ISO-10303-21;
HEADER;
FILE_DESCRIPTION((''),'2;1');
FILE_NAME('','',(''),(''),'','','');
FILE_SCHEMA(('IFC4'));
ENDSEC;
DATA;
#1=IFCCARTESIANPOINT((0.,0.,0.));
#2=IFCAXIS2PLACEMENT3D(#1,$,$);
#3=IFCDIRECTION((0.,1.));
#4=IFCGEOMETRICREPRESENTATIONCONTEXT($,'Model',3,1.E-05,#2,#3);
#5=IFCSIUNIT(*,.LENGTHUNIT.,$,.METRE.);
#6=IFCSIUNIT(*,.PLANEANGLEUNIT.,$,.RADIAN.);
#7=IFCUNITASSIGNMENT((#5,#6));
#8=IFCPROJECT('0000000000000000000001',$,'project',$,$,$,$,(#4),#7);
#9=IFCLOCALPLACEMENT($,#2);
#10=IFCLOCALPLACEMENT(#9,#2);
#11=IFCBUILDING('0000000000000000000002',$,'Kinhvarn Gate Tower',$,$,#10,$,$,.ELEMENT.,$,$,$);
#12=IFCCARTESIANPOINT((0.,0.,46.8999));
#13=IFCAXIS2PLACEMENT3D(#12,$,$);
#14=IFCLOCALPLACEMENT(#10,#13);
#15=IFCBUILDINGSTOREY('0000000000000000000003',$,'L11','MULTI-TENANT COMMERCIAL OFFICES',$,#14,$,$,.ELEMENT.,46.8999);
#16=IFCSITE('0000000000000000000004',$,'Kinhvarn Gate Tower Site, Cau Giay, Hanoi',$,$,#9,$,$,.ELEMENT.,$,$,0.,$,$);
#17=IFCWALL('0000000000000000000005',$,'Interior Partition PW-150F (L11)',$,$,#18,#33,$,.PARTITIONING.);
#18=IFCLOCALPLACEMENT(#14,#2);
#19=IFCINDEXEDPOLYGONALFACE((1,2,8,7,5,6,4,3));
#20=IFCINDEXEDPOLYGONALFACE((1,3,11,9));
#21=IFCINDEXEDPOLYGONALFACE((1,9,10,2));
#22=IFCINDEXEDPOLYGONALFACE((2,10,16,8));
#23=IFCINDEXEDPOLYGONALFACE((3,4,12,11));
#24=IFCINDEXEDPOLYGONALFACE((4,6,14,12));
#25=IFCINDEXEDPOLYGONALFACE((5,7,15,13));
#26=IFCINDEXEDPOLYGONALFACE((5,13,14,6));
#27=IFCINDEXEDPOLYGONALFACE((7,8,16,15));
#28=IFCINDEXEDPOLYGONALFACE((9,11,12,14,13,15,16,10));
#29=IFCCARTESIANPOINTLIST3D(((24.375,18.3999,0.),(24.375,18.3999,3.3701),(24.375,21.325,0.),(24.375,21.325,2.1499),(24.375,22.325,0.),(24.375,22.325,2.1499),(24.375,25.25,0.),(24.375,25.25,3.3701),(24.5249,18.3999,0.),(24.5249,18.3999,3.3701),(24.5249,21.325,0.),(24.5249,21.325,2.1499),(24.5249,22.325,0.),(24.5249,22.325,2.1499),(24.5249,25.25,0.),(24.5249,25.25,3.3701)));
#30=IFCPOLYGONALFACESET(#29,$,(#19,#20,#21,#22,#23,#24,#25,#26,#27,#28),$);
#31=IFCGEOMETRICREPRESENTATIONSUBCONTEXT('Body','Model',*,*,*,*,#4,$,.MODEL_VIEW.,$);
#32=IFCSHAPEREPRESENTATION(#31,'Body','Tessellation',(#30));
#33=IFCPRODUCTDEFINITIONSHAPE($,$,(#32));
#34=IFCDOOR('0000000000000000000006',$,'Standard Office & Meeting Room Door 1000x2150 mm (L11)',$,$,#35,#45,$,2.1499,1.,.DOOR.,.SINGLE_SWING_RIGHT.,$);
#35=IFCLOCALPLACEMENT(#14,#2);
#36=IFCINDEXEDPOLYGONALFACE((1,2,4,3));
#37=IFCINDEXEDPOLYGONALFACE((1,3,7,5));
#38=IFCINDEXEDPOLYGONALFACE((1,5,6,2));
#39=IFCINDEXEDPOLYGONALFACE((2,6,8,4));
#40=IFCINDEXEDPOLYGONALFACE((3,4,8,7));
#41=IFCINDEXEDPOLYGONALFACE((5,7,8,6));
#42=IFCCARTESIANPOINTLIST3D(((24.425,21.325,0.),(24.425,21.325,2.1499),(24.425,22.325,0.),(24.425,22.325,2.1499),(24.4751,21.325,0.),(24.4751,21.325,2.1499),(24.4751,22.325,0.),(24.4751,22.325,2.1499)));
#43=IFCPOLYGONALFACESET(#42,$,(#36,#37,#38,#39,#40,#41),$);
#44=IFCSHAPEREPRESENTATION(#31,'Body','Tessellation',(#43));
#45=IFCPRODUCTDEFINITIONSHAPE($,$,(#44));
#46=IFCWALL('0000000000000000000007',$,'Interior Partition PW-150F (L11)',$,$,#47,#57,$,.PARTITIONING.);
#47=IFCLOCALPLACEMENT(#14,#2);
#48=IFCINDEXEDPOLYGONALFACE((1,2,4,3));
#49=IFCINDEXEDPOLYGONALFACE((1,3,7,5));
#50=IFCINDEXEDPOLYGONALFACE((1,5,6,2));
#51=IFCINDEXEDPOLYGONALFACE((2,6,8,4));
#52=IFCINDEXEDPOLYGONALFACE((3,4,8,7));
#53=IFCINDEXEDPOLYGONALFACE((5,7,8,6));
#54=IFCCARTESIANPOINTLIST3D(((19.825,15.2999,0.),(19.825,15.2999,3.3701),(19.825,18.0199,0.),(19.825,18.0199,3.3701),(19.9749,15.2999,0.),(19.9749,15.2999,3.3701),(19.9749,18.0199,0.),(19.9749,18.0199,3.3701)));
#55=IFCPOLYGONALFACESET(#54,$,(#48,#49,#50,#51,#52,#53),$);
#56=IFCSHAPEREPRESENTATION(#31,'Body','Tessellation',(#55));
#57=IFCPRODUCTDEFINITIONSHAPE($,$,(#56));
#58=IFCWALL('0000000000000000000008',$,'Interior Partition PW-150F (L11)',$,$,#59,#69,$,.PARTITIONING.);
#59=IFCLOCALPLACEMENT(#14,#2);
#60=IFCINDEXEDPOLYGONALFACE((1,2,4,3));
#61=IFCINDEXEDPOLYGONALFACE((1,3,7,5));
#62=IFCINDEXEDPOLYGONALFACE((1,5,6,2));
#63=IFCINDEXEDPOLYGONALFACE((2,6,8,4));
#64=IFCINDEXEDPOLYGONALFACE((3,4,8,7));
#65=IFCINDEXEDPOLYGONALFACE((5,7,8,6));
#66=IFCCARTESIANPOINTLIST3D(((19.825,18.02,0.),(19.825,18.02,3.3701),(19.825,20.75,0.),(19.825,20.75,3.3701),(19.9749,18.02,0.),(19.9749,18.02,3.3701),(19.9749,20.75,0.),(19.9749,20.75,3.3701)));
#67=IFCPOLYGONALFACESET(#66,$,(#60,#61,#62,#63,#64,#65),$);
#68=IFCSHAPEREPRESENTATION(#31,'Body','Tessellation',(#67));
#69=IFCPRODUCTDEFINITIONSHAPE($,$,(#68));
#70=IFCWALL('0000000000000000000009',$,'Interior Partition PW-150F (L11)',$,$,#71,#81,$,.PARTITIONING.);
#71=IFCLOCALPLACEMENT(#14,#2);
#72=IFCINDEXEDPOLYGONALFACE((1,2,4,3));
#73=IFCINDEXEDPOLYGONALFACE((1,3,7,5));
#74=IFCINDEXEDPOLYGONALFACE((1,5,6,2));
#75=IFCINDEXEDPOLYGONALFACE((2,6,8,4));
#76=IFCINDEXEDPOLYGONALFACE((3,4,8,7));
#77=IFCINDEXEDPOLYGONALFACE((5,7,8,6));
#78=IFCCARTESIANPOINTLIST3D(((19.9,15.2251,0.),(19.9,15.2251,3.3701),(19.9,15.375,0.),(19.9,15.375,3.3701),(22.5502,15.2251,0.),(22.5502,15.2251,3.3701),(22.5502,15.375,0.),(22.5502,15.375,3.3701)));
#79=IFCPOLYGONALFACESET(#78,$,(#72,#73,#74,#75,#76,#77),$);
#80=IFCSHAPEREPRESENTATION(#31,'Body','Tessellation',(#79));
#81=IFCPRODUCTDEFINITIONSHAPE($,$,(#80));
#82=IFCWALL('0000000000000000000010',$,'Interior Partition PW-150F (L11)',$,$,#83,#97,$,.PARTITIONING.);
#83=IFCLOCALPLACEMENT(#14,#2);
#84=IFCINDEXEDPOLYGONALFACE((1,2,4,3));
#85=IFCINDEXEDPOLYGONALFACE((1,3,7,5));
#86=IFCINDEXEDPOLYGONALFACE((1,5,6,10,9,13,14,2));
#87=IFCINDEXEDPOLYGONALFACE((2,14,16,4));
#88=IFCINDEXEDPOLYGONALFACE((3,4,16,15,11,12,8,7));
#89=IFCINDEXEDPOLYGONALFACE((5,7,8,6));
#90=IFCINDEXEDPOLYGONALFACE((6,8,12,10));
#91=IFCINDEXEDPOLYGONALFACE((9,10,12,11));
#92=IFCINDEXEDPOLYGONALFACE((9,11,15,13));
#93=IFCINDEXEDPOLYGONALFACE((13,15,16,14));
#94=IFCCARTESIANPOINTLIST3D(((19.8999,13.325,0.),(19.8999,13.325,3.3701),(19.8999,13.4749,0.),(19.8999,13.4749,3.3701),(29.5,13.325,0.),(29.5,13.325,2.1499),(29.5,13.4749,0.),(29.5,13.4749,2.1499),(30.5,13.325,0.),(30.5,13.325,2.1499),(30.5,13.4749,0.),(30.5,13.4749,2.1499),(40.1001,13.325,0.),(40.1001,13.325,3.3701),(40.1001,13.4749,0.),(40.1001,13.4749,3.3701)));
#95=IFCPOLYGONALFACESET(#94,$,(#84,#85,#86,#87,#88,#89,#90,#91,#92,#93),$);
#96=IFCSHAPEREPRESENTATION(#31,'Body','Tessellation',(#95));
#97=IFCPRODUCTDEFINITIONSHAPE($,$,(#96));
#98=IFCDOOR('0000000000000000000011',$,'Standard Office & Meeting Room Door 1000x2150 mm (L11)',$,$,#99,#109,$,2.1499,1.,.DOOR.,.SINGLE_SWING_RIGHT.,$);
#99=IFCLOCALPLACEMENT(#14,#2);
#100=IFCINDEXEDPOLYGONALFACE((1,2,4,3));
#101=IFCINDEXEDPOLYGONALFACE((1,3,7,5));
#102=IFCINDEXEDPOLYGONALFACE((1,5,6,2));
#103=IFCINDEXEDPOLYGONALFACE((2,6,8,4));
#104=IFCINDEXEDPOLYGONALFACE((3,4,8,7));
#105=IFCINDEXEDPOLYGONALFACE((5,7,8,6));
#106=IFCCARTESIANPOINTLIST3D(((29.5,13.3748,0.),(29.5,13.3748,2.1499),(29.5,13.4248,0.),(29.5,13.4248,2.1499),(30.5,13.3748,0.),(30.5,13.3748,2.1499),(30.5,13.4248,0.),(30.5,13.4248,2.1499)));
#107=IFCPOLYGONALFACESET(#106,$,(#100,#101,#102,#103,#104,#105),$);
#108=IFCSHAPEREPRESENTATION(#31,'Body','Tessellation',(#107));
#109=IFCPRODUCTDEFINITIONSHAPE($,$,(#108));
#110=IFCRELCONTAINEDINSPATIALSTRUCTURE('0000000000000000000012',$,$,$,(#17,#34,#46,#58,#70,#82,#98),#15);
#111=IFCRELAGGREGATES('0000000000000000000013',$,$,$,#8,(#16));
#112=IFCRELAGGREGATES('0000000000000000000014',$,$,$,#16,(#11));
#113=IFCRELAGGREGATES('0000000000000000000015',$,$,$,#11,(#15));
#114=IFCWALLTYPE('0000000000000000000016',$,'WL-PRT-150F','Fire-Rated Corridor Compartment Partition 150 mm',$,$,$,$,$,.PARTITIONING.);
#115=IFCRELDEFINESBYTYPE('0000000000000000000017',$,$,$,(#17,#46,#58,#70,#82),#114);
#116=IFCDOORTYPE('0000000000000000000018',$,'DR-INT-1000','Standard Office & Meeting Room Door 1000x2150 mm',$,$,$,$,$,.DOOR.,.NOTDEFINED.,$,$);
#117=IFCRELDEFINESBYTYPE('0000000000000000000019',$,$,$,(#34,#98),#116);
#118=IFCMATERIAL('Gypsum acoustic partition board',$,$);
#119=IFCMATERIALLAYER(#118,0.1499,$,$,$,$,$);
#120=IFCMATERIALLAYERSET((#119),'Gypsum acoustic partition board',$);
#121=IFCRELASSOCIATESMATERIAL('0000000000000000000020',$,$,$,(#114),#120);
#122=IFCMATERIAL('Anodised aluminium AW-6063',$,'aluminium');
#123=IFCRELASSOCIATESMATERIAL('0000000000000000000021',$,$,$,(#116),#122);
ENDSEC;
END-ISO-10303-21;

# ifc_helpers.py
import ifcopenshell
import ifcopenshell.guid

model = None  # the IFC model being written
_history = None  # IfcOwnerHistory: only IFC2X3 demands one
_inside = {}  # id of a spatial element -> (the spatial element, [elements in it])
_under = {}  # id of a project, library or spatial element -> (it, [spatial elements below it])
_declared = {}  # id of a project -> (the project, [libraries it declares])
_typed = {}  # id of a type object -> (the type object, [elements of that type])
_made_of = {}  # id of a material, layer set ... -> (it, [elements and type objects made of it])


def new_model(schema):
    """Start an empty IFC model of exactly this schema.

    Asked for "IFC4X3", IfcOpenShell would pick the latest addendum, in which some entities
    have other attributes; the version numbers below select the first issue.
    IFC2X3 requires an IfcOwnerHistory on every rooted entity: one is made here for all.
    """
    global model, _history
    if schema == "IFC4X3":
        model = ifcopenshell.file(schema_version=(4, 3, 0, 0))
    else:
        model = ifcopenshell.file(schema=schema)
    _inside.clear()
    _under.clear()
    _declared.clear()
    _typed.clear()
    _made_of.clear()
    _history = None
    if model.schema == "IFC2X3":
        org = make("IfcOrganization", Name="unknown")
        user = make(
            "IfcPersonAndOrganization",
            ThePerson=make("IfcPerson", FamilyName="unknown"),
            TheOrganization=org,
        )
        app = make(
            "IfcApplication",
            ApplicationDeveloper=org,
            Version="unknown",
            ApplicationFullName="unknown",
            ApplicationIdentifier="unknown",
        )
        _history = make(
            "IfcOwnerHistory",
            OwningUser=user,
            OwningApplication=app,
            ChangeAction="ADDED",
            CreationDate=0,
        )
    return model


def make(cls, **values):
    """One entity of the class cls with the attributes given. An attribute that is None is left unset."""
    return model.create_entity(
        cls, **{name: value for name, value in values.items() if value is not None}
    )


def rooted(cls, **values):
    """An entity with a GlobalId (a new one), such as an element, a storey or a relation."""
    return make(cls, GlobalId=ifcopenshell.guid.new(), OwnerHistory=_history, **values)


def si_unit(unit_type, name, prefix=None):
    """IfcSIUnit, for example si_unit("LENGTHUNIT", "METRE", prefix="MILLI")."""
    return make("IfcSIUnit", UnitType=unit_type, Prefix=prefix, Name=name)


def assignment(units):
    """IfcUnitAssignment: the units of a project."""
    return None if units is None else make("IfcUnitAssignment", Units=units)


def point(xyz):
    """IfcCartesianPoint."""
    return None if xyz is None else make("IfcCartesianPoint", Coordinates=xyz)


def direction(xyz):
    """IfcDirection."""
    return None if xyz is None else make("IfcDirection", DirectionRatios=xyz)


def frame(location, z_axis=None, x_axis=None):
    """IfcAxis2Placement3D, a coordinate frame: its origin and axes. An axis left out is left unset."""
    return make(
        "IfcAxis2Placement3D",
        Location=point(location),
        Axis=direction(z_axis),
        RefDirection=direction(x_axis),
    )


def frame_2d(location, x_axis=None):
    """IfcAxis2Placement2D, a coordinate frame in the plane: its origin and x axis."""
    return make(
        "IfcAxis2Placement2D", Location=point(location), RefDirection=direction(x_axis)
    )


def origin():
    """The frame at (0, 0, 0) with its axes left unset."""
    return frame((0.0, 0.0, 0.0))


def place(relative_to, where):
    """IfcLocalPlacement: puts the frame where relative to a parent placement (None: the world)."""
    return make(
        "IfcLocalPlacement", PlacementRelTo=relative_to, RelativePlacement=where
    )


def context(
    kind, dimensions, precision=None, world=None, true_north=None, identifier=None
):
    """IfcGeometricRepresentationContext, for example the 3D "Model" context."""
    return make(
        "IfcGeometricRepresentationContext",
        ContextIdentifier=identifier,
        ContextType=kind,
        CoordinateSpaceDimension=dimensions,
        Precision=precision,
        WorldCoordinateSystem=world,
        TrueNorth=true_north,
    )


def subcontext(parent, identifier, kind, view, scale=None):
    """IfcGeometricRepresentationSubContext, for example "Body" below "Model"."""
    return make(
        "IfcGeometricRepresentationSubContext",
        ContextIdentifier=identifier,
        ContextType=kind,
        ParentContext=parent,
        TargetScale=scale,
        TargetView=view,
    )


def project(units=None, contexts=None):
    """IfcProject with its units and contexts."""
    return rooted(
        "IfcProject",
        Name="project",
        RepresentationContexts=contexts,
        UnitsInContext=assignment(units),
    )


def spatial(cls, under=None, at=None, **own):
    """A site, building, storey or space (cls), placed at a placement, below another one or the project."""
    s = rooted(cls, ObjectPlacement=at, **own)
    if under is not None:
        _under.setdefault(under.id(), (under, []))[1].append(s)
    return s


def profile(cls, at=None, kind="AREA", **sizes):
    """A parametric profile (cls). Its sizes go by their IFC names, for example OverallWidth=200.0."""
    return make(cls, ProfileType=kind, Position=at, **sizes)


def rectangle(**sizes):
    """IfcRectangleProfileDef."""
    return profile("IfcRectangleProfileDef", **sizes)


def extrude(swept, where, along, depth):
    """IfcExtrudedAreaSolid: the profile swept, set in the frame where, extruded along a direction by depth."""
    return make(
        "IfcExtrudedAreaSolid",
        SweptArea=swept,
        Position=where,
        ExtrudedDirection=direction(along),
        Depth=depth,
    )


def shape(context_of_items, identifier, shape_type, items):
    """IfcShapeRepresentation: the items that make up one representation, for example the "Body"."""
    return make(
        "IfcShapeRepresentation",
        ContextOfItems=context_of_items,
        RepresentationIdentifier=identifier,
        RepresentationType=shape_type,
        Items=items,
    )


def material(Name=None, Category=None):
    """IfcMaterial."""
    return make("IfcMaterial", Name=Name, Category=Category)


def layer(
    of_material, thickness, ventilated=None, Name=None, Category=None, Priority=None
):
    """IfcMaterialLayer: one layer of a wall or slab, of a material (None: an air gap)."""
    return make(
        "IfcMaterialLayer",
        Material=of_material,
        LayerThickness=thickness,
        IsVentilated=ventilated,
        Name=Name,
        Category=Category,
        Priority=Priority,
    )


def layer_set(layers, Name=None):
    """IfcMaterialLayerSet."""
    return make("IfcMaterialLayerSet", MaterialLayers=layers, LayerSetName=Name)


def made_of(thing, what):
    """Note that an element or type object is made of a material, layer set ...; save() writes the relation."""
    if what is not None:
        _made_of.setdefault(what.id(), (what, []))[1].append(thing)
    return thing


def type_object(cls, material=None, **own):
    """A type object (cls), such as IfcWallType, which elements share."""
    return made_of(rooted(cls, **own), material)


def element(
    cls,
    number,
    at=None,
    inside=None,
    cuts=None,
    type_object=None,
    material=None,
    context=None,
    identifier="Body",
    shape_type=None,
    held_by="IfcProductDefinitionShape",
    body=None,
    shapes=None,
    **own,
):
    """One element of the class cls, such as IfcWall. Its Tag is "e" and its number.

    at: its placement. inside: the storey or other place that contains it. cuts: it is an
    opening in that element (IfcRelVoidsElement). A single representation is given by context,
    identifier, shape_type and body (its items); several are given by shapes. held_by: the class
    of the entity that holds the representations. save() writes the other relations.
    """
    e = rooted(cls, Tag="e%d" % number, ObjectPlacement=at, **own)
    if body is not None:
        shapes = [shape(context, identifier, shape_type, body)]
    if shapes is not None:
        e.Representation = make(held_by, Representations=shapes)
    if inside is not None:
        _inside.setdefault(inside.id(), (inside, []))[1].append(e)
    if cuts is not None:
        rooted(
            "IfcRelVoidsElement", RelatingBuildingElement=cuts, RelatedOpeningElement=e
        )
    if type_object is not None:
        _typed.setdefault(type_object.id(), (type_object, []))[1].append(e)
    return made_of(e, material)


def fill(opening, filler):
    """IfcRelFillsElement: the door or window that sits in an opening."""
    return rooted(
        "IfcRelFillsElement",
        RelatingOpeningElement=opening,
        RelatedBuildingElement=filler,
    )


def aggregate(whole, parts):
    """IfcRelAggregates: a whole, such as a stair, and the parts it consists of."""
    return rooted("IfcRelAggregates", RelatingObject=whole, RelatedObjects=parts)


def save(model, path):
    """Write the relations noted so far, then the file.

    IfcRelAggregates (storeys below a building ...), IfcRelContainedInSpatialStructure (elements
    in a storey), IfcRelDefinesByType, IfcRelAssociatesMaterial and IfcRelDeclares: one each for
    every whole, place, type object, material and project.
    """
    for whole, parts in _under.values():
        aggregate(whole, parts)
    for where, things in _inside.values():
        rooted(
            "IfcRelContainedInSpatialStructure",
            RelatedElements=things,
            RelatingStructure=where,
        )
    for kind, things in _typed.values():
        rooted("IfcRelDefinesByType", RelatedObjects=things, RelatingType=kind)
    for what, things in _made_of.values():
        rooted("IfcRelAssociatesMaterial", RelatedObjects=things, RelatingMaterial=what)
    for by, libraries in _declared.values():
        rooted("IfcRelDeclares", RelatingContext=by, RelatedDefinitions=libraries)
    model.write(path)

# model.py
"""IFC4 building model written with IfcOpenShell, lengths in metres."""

from ifc_helpers import new_model, si_unit, direction, frame, frame_2d, origin, place, context, subcontext, project, spatial, rectangle, extrude, material, layer, layer_set, type_object, element, fill, save


model = new_model("IFC4")

# Units and contexts
model_context = context("Model", 3, precision=1e-05, world=origin(), true_north=direction((0.0, 1.0)))
body_context = subcontext(model_context, "Body", "Model", "MODEL_VIEW")
ifc_project = project(units=[si_unit("LENGTHUNIT", "METRE"), si_unit("PLANEANGLEUNIT", "RADIAN")], contexts=[model_context])

# Site, building, storey
site_placement = place(None, origin())
site = spatial("IfcSite", under=ifc_project, at=site_placement, Name="Kinhvarn Gate Tower Site, Cau Giay, Hanoi", CompositionType="ELEMENT", RefElevation=0.0)
building_placement = place(site_placement, origin())
building = spatial("IfcBuilding", under=site, at=building_placement, Name="Kinhvarn Gate Tower", CompositionType="ELEMENT")
storey_placement = place(building_placement, frame((0.0, 0.0, 46.8999)))
storey = spatial("IfcBuildingStorey", under=building, at=storey_placement, Name="L11", Description="MULTI-TENANT COMMERCIAL OFFICES", CompositionType="ELEMENT", Elevation=46.8999)

# Shared definitions
ifc_material_1 = material(Name="Gypsum acoustic partition board")

# Shared definitions
ifc_material_2 = material(Name="Anodised aluminium AW-6063", Category="aluminium")

# Wall, opening, door
ifc_layer_1 = layer(ifc_material_1, 0.1499)
ifc_layer_set_1 = layer_set([ifc_layer_1], Name="Gypsum acoustic partition board")
wall_type_1 = type_object("IfcWallType", Name="WL-PRT-150F", Description="Fire-Rated Corridor Compartment Partition 150 mm", PredefinedType="PARTITIONING", material=ifc_layer_set_1)
door_type_1 = type_object("IfcDoorType", Name="DR-INT-1000", Description="Standard Office & Meeting Room Door 1000x2150 mm", OperationType="NOTDEFINED", PredefinedType="DOOR", material=ifc_material_2)
wall_1_placement = place(storey_placement, frame((24.45, 18.3999, 0.0), z_axis=(0.0, 0.0, 1.0), x_axis=(0.0, 1.0, 0.0)))
wall_1 = element("IfcWall", 1, at=wall_1_placement, inside=storey, type_object=wall_type_1, Name="Interior Partition PW-150F (L11)", PredefinedType="PARTITIONING", context=body_context, shape_type="SweptSolid", body=[
    extrude(rectangle(XDim=6.8501, YDim=0.1499, at=frame_2d((3.425, 0.0))), origin(), (0.0, 0.0, 1.0), 3.3701),
])
opening_1_placement = place(wall_1_placement, frame((2.925, 0.0, 0.0)))
opening_1 = element("IfcOpeningElement", 2, at=opening_1_placement, cuts=wall_1, PredefinedType="OPENING", context=body_context, shape_type="SweptSolid", body=[
    extrude(rectangle(XDim=1.0, YDim=2.1499, at=frame_2d((0.5, 1.075))), frame((0.0, 0.085, 0.0), z_axis=(0.0, -1.0, 0.0), x_axis=(1.0, 0.0, 0.0)), (0.0, 0.0, 1.0), 0.1699),
])
door_1_placement = place(opening_1_placement, origin())
door_1 = element("IfcDoor", 3, at=door_1_placement, inside=storey, type_object=door_type_1, Name="Standard Office & Meeting Room Door 1000x2150 mm (L11)", OperationType="SINGLE_SWING_RIGHT", OverallHeight=2.1499, OverallWidth=1.0, PredefinedType="DOOR", context=body_context, shape_type="SweptSolid", body=[
    extrude(rectangle(XDim=1.0, YDim=2.1499, at=frame_2d((0.5, 1.075))), frame((0.0, 0.0249, 0.0), z_axis=(0.0, -1.0, 0.0), x_axis=(1.0, 0.0, 0.0)), (0.0, 0.0, 1.0), 0.05),
])
fill(opening_1, door_1)

# Walls
wall_2_placement = place(storey_placement, frame((19.8999, 15.3, 0.0), z_axis=(0.0, 0.0, 1.0), x_axis=(0.0, 1.0, 0.0)))
element("IfcWall", 4, at=wall_2_placement, inside=storey, type_object=wall_type_1, Name="Interior Partition PW-150F (L11)", PredefinedType="PARTITIONING", context=body_context, shape_type="SweptSolid", body=[
    extrude(rectangle(XDim=2.72, YDim=0.1499, at=frame_2d((1.3599, 0.0))), origin(), (0.0, 0.0, 1.0), 3.3701),
])
wall_3_placement = place(storey_placement, frame((19.8999, 18.02, 0.0), z_axis=(0.0, 0.0, 1.0), x_axis=(0.0, 1.0, 0.0)))
element("IfcWall", 5, at=wall_3_placement, inside=storey, type_object=wall_type_1, Name="Interior Partition PW-150F (L11)", PredefinedType="PARTITIONING", context=body_context, shape_type="SweptSolid", body=[
    extrude(rectangle(XDim=2.73, YDim=0.1499, at=frame_2d((1.365, 0.0))), origin(), (0.0, 0.0, 1.0), 3.3701),
])
wall_4_placement = place(storey_placement, frame((19.8999, 15.3, 0.0), z_axis=(0.0, 0.0, 1.0), x_axis=(1.0, 0.0, 0.0)))
element("IfcWall", 6, at=wall_4_placement, inside=storey, type_object=wall_type_1, Name="Interior Partition PW-150F (L11)", PredefinedType="PARTITIONING", context=body_context, shape_type="SweptSolid", body=[
    extrude(rectangle(XDim=2.6501, YDim=0.1499, at=frame_2d((1.3252, 0.0))), origin(), (0.0, 0.0, 1.0), 3.3701),
])

# Wall, opening, door
wall_5_placement = place(storey_placement, frame((19.8999, 13.3999, 0.0), z_axis=(0.0, 0.0, 1.0), x_axis=(1.0, 0.0, 0.0)))
wall_5 = element("IfcWall", 7, at=wall_5_placement, inside=storey, type_object=wall_type_1, Name="Interior Partition PW-150F (L11)", PredefinedType="PARTITIONING", context=body_context, shape_type="SweptSolid", body=[
    extrude(rectangle(XDim=20.2002, YDim=0.1499, at=frame_2d((10.1001, 0.0))), origin(), (0.0, 0.0, 1.0), 3.3701),
])
opening_2_placement = place(wall_5_placement, frame((9.6001, 0.0, 0.0)))
opening_2 = element("IfcOpeningElement", 8, at=opening_2_placement, cuts=wall_5, PredefinedType="OPENING", context=body_context, shape_type="SweptSolid", body=[
    extrude(rectangle(XDim=1.0, YDim=2.1499, at=frame_2d((0.5, 1.075))), frame((0.0, 0.085, 0.0), z_axis=(0.0, -1.0, 0.0), x_axis=(1.0, 0.0, 0.0)), (0.0, 0.0, 1.0), 0.1699),
])
door_2_placement = place(opening_2_placement, origin())
door_2 = element("IfcDoor", 9, at=door_2_placement, inside=storey, type_object=door_type_1, Name="Standard Office & Meeting Room Door 1000x2150 mm (L11)", OperationType="SINGLE_SWING_RIGHT", OverallHeight=2.1499, OverallWidth=1.0, PredefinedType="DOOR", context=body_context, shape_type="SweptSolid", body=[
    extrude(rectangle(XDim=1.0, YDim=2.1499, at=frame_2d((0.5, 1.075))), frame((0.0, 0.0249, 0.0), z_axis=(0.0, -1.0, 0.0), x_axis=(1.0, 0.0, 0.0)), (0.0, 0.0, 1.0), 0.05),
])
fill(opening_2, door_2)

save(model, "model.ifc")
